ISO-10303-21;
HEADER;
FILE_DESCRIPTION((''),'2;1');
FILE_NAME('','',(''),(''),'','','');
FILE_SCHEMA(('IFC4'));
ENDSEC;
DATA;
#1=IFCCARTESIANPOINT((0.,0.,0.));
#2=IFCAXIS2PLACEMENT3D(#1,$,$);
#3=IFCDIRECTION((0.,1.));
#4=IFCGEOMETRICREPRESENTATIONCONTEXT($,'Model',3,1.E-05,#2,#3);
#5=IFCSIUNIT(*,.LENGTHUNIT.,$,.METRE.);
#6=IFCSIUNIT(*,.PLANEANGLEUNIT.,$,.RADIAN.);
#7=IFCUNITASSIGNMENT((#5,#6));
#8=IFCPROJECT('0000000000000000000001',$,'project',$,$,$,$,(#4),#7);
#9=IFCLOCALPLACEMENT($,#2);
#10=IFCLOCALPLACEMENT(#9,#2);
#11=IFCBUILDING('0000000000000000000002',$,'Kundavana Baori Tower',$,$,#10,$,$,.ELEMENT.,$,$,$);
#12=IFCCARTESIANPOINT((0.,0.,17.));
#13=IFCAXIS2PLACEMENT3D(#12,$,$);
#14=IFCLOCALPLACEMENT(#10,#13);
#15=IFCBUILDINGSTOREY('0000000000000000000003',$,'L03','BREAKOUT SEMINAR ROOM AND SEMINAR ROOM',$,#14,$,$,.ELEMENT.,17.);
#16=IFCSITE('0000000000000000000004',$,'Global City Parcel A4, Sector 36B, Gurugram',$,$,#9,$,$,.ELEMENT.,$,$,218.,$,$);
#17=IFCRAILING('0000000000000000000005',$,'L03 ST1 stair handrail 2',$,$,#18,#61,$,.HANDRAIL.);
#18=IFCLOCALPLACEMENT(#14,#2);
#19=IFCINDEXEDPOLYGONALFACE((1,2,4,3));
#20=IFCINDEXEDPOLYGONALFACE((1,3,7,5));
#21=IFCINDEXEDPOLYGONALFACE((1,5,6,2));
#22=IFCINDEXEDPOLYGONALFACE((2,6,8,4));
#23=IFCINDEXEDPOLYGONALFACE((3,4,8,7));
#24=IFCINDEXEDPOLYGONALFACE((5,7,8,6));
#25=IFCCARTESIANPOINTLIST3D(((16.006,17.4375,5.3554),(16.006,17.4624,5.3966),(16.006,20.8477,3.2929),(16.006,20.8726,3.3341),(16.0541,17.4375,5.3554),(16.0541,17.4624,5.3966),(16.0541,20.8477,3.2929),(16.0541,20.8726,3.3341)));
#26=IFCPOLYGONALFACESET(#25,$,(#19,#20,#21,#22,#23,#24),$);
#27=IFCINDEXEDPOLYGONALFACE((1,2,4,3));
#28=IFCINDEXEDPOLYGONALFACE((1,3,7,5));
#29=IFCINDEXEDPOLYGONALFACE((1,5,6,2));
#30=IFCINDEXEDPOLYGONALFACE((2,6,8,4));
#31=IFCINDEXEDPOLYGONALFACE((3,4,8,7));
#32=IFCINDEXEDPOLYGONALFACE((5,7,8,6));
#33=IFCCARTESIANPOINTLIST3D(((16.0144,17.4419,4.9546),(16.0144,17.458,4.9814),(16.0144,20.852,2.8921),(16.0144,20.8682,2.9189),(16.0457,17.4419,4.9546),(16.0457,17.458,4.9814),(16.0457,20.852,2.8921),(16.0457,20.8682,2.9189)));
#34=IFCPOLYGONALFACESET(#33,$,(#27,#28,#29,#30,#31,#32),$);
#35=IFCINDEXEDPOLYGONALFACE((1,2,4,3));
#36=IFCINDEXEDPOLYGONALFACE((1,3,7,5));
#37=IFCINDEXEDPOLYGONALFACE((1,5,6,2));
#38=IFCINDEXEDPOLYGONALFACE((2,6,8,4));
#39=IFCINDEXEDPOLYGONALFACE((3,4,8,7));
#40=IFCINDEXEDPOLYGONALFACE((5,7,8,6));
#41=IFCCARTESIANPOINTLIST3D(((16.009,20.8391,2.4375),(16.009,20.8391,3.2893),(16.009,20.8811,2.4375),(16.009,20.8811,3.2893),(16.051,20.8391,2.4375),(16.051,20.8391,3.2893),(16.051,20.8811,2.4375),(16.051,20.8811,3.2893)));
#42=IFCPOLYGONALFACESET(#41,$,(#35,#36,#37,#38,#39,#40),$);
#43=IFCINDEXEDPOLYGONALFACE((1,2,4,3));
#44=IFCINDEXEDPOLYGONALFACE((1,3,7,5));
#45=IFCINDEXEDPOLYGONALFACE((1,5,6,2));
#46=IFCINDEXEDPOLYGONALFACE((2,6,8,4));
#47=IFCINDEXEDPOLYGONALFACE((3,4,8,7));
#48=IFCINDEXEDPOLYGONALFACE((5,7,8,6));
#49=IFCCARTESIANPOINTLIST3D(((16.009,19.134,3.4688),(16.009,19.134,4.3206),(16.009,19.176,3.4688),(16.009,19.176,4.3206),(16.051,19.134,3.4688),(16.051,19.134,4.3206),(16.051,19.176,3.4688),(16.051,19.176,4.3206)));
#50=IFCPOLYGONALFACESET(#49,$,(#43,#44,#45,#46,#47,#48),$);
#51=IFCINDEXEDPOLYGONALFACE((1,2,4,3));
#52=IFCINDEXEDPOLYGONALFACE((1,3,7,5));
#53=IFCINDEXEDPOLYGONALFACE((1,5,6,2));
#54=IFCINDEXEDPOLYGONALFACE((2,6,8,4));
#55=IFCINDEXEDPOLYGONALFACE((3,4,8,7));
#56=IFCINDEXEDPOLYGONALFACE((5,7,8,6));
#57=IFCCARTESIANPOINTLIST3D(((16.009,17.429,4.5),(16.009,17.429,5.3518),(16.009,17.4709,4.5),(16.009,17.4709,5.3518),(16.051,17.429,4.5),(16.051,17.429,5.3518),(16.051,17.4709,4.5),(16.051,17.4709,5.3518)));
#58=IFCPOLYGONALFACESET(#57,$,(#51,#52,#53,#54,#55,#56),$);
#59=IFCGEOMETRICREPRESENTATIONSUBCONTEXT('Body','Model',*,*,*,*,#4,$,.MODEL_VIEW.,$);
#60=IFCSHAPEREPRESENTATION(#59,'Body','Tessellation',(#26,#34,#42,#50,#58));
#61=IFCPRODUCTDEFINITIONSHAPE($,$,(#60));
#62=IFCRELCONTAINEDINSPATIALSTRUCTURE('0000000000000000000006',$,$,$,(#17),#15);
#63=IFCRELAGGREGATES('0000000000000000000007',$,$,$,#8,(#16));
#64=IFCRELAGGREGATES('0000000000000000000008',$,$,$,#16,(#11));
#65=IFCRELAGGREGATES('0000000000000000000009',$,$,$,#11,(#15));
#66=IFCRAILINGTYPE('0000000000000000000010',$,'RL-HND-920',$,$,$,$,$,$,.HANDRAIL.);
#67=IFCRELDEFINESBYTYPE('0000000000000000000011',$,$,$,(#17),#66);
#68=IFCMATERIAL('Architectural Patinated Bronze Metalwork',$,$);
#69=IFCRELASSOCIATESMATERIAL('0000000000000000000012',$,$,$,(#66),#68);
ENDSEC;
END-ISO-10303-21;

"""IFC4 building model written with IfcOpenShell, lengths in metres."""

from ifc_helpers import new_model, si_unit, direction, frame, origin, origin_2d, place, context, subcontext, project, spatial, rectangle, extrude, material, type_object, element, save


model = new_model("IFC4")

# Units and contexts
model_context = context("Model", 3, precision=1e-05, world=origin(), true_north=direction((0.0, 1.0)))
body_context = subcontext(model_context, "Body", "Model", "MODEL_VIEW")
ifc_project = project(units=[si_unit("LENGTHUNIT", "METRE"), si_unit("PLANEANGLEUNIT", "RADIAN")], contexts=[model_context])

# Site, building, storey
site_placement = place(None, origin())
site = spatial("IfcSite", under=ifc_project, at=site_placement, Name="Global City Parcel A4, Sector 36B, Gurugram", CompositionType="ELEMENT", RefElevation=218.0)
building_placement = place(site_placement, origin())
building = spatial("IfcBuilding", under=site, at=building_placement, Name="Kundavana Baori Tower", CompositionType="ELEMENT")
storey_placement = place(building_placement, frame((0.0, 0.0, 17.0)))
storey = spatial("IfcBuildingStorey", under=building, at=storey_placement, Name="L03", Description="BREAKOUT SEMINAR ROOM AND SEMINAR ROOM", CompositionType="ELEMENT", Elevation=17.0)

# Railing
ifc_material_1 = material(Name="Architectural Patinated Bronze Metalwork")
railing_type_1 = type_object("IfcRailingType", Name="RL-HND-920", PredefinedType="HANDRAIL", material=ifc_material_1)
railing_1_placement = place(storey_placement, frame((16.03, 20.8601, 2.4375)))
element("IfcRailing", 1, at=railing_1_placement, inside=storey, type_object=railing_type_1, Name="L03 ST1 stair handrail 2", PredefinedType="HANDRAIL", context=body_context, shape_type="SweptSolid", body=[
    extrude(rectangle(XDim=0.0481, YDim=0.0481, at=origin_2d()), frame((0.0, 0.0, 0.876), z_axis=(0.0, -0.855671, 0.517519), x_axis=(1.0, 0.0, 0.0)), (0.0, 0.0, 1.0), 3.9854),
    extrude(rectangle(XDim=0.0312, YDim=0.0312, at=origin_2d()), frame((0.0, 0.0, 0.468), z_axis=(0.0, -0.855671, 0.517519), x_axis=(1.0, 0.0, 0.0)), (0.0, 0.0, 1.0), 3.9854),
    extrude(rectangle(XDim=0.042, YDim=0.042, at=origin_2d()), origin(), (0.0, 0.0, 1.0), 0.8518),
    extrude(rectangle(XDim=0.042, YDim=0.042, at=origin_2d()), frame((0.0, -1.7051, 1.0312)), (0.0, 0.0, 1.0), 0.8518),
    extrude(rectangle(XDim=0.042, YDim=0.042, at=origin_2d()), frame((0.0, -3.4102, 2.0625)), (0.0, 0.0, 1.0), 0.8518),
])

save(model, "model.ifc")
